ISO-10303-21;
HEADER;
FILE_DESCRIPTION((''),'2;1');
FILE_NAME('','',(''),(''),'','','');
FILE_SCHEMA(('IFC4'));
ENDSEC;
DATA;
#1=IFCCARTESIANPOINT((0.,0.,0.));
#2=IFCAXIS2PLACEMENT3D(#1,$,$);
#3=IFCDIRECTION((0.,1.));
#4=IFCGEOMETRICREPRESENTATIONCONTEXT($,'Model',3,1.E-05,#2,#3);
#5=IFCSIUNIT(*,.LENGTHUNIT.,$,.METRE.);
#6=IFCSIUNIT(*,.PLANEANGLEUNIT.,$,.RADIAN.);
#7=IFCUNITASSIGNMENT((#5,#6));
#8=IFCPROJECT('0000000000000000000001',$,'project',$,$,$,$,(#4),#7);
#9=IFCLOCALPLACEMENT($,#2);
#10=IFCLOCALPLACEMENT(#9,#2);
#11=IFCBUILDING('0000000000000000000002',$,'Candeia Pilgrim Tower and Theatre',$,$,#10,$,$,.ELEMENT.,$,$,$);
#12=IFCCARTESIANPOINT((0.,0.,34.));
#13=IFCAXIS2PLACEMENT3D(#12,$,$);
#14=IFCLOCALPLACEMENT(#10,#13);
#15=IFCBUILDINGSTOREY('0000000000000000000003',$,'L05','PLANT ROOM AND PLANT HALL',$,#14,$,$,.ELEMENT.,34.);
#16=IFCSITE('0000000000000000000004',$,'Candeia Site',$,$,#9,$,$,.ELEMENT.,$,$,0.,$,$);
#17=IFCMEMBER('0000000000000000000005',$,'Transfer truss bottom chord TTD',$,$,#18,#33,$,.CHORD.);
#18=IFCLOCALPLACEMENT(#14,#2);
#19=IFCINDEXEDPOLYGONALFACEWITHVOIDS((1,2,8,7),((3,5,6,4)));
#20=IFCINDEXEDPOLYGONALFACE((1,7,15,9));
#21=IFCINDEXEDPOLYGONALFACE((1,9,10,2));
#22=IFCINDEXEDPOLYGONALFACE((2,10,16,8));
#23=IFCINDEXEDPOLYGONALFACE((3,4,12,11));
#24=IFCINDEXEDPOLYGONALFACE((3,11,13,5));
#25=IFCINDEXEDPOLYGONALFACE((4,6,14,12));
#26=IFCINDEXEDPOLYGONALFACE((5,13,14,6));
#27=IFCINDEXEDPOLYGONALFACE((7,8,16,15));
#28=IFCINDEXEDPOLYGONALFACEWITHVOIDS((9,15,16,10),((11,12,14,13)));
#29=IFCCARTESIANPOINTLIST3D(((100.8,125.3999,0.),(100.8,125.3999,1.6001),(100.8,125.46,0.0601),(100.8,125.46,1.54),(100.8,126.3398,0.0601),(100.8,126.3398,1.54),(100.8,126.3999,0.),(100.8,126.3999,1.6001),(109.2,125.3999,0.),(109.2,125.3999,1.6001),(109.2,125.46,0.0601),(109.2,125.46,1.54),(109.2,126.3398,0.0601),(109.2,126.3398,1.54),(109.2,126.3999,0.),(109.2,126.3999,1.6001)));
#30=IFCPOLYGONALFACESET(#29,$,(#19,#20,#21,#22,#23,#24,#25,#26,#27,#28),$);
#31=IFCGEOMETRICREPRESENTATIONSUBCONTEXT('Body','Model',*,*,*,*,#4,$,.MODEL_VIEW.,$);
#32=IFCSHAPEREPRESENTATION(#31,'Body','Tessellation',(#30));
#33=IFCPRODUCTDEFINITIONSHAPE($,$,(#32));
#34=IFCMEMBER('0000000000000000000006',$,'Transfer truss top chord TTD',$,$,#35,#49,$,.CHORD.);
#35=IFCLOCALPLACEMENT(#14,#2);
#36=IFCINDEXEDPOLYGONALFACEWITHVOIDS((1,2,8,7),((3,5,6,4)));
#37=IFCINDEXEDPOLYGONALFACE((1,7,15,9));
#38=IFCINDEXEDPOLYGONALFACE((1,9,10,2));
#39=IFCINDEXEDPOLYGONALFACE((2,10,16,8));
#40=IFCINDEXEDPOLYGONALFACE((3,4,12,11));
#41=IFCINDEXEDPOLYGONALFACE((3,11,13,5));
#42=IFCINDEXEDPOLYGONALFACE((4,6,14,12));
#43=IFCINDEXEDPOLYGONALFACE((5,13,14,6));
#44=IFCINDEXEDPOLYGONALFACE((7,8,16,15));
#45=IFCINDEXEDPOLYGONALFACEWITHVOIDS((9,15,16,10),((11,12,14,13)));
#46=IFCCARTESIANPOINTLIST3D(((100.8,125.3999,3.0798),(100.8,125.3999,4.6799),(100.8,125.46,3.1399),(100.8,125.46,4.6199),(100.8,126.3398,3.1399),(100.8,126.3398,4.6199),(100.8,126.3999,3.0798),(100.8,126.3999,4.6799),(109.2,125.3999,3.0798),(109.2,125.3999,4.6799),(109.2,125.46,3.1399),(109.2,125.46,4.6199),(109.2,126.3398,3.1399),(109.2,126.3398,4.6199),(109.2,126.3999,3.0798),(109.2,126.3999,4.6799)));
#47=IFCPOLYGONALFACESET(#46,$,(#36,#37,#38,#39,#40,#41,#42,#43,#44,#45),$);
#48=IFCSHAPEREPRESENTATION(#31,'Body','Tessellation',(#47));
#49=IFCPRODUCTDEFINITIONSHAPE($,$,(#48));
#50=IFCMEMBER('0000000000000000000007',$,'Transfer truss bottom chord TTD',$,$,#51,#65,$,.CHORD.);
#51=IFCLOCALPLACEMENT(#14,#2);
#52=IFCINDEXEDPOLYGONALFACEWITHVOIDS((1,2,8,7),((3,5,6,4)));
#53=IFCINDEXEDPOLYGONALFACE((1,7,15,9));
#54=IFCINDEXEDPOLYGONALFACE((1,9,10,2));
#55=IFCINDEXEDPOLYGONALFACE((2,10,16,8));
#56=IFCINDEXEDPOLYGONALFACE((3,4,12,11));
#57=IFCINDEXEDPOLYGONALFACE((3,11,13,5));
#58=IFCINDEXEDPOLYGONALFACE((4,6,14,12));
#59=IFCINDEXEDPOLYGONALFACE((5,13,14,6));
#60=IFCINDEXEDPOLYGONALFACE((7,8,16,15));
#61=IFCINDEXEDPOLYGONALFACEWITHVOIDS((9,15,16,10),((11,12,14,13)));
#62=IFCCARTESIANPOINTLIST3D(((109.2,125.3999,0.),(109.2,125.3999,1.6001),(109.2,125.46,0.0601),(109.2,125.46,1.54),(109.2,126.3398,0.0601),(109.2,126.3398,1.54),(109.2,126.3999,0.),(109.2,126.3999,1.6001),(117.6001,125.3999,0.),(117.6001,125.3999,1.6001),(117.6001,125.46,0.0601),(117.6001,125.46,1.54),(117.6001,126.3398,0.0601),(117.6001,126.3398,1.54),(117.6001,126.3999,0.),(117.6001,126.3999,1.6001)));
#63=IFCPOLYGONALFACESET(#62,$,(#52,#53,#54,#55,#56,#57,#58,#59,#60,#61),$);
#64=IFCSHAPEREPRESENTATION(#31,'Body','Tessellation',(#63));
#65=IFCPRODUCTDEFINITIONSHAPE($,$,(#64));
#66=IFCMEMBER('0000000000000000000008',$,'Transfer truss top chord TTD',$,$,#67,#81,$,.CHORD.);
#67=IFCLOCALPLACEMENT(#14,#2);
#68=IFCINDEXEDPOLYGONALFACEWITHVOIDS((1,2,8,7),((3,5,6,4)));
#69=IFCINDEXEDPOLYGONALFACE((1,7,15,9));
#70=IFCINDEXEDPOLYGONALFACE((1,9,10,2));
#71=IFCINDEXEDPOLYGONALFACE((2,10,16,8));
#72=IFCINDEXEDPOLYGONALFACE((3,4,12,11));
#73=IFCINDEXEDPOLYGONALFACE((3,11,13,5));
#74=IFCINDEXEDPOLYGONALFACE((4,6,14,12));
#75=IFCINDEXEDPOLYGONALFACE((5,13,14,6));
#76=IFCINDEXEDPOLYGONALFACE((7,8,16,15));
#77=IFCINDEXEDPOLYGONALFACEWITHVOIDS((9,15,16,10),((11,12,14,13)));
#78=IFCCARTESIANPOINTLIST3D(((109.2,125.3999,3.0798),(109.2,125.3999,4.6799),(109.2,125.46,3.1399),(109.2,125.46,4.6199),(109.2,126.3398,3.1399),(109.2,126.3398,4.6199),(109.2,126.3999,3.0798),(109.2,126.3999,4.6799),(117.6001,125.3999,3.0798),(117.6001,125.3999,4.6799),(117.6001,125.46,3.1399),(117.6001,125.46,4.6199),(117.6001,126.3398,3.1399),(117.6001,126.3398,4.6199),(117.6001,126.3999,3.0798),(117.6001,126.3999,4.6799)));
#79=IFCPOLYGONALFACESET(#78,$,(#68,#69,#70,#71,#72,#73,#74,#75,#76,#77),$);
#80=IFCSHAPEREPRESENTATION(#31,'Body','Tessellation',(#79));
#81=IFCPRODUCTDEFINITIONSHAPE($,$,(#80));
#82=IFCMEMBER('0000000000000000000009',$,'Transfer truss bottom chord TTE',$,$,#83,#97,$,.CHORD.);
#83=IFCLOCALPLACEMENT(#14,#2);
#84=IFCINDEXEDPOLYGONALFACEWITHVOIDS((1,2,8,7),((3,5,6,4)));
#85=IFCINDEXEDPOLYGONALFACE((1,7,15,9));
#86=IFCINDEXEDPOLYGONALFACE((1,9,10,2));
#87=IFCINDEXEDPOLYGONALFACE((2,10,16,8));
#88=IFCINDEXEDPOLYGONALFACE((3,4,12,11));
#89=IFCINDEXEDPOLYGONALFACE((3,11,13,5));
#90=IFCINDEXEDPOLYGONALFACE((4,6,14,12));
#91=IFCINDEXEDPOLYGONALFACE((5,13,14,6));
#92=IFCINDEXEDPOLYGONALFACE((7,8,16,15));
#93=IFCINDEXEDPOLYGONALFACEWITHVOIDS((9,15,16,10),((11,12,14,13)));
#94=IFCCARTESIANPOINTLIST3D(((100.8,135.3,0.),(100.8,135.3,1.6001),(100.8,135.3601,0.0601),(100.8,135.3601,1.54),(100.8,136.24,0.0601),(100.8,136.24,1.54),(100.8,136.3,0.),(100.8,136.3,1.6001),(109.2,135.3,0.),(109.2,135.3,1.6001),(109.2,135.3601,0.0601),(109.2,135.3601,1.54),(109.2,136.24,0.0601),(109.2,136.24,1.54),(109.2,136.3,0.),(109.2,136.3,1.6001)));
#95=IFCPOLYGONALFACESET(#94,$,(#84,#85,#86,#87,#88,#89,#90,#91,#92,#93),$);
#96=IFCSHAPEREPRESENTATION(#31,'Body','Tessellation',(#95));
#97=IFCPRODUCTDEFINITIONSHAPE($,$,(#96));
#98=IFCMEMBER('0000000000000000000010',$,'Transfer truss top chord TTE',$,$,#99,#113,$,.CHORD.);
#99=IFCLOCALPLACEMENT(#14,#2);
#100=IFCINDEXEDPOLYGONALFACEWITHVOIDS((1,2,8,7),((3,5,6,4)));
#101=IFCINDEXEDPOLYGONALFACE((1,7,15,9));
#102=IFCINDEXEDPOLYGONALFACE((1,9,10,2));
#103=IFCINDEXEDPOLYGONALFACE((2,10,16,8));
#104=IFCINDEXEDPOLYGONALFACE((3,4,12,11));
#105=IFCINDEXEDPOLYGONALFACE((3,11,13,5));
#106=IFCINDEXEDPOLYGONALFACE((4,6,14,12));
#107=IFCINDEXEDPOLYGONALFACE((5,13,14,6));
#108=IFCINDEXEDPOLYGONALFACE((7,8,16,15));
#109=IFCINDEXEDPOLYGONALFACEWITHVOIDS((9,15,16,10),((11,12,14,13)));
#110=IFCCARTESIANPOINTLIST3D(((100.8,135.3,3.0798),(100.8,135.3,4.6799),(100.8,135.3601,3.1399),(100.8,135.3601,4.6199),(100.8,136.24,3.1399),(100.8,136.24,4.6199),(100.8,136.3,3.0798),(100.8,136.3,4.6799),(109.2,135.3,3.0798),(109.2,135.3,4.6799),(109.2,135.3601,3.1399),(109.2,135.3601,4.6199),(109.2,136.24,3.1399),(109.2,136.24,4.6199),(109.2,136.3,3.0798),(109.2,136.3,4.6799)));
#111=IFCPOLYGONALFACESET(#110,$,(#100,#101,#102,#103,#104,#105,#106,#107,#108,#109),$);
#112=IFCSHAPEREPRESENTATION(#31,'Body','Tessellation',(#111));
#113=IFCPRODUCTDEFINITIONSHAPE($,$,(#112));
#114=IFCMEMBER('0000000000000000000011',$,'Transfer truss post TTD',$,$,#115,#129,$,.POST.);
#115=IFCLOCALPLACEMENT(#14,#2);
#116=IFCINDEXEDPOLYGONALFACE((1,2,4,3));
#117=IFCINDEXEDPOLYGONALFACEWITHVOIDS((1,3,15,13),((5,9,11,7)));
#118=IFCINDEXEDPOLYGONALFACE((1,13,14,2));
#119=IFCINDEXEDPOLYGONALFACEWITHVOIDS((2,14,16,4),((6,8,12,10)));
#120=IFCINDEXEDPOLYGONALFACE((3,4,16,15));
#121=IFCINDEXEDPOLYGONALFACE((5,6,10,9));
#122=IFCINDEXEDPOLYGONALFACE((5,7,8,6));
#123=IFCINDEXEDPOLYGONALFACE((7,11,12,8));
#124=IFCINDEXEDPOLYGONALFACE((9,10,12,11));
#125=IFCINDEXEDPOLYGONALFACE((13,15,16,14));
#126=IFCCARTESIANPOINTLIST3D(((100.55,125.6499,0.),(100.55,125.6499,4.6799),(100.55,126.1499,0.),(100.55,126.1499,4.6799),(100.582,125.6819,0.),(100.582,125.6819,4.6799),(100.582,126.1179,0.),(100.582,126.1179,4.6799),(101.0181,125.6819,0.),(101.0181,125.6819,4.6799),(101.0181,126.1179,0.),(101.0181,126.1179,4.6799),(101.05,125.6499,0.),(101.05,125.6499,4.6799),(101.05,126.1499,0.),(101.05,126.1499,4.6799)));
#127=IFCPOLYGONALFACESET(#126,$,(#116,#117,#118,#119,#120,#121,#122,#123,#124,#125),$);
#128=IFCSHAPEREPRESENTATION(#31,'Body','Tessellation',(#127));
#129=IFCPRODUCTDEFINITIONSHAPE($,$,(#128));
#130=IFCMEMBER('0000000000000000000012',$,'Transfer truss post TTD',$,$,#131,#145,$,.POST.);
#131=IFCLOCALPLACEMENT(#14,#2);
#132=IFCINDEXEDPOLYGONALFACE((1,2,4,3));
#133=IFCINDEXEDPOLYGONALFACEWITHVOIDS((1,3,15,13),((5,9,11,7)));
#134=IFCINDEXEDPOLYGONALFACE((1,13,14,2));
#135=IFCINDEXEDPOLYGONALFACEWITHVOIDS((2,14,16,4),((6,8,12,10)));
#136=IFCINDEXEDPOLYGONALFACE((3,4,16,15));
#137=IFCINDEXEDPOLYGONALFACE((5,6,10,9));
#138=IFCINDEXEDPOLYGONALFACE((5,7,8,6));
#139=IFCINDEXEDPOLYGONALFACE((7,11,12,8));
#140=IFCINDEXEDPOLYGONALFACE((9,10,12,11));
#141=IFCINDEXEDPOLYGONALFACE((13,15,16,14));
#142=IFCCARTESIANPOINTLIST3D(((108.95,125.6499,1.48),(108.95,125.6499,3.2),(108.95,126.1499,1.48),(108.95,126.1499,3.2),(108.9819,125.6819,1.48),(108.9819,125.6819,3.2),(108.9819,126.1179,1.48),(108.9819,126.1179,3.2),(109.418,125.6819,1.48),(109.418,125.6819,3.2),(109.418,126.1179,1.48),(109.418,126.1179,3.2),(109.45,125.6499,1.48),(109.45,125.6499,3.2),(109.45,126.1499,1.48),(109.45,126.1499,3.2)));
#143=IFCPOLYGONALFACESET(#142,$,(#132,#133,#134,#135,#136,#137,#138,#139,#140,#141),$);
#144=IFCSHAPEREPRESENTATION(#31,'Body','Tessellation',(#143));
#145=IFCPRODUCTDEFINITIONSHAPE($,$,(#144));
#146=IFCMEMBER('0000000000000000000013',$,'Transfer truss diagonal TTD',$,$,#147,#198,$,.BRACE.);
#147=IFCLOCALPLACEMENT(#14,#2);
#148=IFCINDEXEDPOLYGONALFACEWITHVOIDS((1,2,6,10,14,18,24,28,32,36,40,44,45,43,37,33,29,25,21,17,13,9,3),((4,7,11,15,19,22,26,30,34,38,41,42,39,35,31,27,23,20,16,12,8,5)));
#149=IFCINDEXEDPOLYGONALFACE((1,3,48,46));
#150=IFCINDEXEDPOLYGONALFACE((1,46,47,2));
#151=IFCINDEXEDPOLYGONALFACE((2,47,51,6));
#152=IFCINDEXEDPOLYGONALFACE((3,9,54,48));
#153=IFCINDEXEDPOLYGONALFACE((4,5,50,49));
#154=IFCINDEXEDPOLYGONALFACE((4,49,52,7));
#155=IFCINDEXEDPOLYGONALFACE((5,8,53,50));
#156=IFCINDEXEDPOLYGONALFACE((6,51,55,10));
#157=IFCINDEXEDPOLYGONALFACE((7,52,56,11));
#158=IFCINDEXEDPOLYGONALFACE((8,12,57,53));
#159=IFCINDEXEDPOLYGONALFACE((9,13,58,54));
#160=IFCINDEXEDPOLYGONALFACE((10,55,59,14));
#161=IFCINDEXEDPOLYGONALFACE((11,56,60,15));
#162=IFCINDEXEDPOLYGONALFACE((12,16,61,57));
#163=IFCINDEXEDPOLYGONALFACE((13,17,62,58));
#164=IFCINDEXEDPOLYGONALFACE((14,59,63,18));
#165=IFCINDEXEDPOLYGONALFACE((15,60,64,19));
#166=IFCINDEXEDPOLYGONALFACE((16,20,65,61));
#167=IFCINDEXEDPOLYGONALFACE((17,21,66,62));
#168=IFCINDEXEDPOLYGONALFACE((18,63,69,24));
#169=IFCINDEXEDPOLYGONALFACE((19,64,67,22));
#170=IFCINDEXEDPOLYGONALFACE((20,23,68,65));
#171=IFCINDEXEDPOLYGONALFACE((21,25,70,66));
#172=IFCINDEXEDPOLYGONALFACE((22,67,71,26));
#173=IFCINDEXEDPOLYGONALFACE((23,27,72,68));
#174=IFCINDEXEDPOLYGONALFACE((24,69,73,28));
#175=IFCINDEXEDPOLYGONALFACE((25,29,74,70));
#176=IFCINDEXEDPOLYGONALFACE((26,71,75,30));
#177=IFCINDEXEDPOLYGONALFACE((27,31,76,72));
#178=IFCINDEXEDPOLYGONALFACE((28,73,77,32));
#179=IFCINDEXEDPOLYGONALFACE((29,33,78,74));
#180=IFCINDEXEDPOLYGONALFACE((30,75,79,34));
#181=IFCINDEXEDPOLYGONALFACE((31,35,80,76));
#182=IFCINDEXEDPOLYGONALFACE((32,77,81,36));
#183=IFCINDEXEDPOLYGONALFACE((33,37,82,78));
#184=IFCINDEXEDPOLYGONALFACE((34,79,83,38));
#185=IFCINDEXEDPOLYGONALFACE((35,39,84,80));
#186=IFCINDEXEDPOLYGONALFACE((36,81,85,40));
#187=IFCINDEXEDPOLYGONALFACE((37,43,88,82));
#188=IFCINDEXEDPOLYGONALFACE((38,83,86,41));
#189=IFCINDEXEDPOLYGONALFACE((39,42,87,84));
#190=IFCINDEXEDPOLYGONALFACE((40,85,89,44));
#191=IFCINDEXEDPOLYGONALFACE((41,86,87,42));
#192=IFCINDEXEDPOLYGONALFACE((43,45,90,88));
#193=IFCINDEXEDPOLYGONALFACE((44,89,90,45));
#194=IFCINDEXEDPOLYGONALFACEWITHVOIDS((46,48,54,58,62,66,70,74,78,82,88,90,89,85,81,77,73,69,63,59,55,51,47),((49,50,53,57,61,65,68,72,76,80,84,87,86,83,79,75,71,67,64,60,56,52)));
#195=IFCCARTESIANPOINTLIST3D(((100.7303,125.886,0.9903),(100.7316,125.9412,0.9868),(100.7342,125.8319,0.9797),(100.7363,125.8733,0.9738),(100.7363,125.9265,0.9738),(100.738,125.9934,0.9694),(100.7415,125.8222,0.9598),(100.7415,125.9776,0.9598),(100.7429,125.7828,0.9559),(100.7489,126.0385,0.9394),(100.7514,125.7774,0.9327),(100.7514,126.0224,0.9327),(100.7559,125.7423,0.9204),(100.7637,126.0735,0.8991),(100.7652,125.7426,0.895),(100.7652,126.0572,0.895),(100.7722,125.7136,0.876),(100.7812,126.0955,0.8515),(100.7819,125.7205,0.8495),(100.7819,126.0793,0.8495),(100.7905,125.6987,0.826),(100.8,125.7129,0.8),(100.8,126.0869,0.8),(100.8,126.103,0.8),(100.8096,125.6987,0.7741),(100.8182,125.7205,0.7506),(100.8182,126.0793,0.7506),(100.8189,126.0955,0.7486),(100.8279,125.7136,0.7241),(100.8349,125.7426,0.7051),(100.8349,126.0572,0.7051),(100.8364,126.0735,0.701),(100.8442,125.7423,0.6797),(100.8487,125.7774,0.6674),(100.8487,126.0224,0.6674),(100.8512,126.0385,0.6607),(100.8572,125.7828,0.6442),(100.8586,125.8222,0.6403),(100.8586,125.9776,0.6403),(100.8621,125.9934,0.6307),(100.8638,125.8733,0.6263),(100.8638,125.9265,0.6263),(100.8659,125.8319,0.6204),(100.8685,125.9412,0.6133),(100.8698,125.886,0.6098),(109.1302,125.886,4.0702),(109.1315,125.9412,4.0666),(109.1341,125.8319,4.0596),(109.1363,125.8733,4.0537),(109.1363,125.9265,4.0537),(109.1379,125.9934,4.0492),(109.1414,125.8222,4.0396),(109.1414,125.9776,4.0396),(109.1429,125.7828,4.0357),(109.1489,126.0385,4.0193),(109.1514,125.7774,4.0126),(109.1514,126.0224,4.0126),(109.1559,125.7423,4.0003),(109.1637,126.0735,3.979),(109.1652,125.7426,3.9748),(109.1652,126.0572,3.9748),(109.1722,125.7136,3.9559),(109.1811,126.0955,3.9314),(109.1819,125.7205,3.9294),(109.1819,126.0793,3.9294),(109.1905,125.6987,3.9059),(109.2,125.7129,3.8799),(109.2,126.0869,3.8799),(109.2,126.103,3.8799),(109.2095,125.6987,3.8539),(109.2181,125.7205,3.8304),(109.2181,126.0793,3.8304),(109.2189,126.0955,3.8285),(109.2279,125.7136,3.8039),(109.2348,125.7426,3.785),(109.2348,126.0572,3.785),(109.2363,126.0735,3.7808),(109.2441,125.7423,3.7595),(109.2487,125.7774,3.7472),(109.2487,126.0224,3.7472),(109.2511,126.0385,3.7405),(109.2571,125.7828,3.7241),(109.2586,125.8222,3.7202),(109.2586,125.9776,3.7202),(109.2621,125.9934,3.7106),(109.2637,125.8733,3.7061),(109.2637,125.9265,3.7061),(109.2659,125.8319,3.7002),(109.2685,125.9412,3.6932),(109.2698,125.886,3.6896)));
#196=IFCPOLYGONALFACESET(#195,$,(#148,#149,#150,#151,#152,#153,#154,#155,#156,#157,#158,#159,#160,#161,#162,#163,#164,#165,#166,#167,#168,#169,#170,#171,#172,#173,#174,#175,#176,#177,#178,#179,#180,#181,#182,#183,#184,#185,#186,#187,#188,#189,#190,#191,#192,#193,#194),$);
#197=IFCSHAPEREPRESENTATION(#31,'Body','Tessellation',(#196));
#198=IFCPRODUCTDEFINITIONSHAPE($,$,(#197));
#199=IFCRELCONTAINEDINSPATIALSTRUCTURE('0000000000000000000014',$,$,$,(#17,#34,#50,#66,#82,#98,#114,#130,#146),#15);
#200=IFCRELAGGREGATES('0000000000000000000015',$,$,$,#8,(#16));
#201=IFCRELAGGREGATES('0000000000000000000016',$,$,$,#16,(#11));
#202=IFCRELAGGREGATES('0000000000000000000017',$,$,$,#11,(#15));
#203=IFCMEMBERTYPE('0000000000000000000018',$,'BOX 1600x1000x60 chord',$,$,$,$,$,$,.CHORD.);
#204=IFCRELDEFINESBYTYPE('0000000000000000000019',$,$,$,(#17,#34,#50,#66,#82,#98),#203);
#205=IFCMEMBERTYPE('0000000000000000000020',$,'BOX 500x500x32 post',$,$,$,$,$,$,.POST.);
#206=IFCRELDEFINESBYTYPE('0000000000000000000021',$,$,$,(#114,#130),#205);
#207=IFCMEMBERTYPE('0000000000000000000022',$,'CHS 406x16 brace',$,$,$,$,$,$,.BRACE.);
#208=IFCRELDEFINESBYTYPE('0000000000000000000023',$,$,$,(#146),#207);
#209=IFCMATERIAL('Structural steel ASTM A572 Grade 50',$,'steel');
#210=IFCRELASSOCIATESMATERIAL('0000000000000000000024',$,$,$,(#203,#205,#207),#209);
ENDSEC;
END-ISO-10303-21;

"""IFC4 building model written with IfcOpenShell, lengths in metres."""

from ifc_helpers import new_model, si_unit, direction, frame, origin, origin_2d, place, context, subcontext, project, spatial, hollow_rectangle, hollow_circle, extrude, material, material_profile, profile_set, type_object, element, save


model = new_model("IFC4")

# Units and contexts
model_context = context("Model", 3, precision=1e-05, world=origin(), true_north=direction((0.0, 1.0)))
body_context = subcontext(model_context, "Body", "Model", "MODEL_VIEW")
ifc_project = project(units=[si_unit("LENGTHUNIT", "METRE"), si_unit("PLANEANGLEUNIT", "RADIAN")], contexts=[model_context])

# Site, building, storey
site_placement = place(None, origin())
site = spatial("IfcSite", under=ifc_project, at=site_placement, Name="Candeia Site", CompositionType="ELEMENT", RefElevation=0.0)
building_placement = place(site_placement, origin())
building = spatial("IfcBuilding", under=site, at=building_placement, Name="Candeia Pilgrim Tower and Theatre", CompositionType="ELEMENT")
storey_placement = place(building_placement, frame((0.0, 0.0, 34.0)))
storey = spatial("IfcBuildingStorey", under=building, at=storey_placement, Name="L05", Description="PLANT ROOM AND PLANT HALL", CompositionType="ELEMENT", Elevation=34.0)

# Members
ifc_material_1 = material(Name="Structural steel ASTM A572 Grade 50", Category="steel")
ifc_material_profile_1 = material_profile(ifc_material_1, hollow_rectangle(XDim=1.0, YDim=1.6001, WallThickness=0.0601, at=origin_2d()))
ifc_profile_set_1 = profile_set([ifc_material_profile_1], Name="Structural steel ASTM A572 Grade 50")
member_type_1 = type_object("IfcMemberType", Name="BOX 1600x1000x60 chord", PredefinedType="CHORD", material=ifc_profile_set_1)
for number, where, z_axis, x_axis, name in (
    (1, (100.8, 125.8999, 0.8), (1.0, 0.0, 0.0), (0.0, 1.0, 0.0), "Transfer truss bottom chord TTD"),
    (2, (100.8, 125.8999, 3.8799), (1.0, 0.0, 0.0), (0.0, 1.0, 0.0), "Transfer truss top chord TTD"),
):
    element("IfcMember", number, at=place(storey_placement, frame(where, z_axis=z_axis, x_axis=x_axis)), inside=storey, type_object=member_type_1, Name=name, PredefinedType="CHORD", context=body_context, shape_type="SweptSolid", body=[
        extrude(hollow_rectangle(XDim=1.0, YDim=1.6001, WallThickness=0.0601, at=origin_2d()), origin(), (0.0, 0.0, 1.0), 8.3999),
    ])
for number, where, z_axis, x_axis, name in (
    (3, (109.2, 125.8999, 0.8), (1.0, 0.0, 0.0), (0.0, 1.0, 0.0), "Transfer truss bottom chord TTD"),
    (4, (109.2, 125.8999, 3.8799), (1.0, 0.0, 0.0), (0.0, 1.0, 0.0), "Transfer truss top chord TTD"),
):
    element("IfcMember", number, at=place(storey_placement, frame(where, z_axis=z_axis, x_axis=x_axis)), inside=storey, type_object=member_type_1, Name=name, PredefinedType="CHORD", context=body_context, shape_type="SweptSolid", body=[
        extrude(hollow_rectangle(XDim=1.0, YDim=1.6001, WallThickness=0.0601, at=origin_2d()), origin(), (0.0, 0.0, 1.0), 8.4001),
    ])
for number, where, z_axis, x_axis, name in (
    (5, (100.8, 135.8, 0.8), (1.0, 0.0, 0.0), (0.0, 1.0, 0.0), "Transfer truss bottom chord TTE"),
    (6, (100.8, 135.8, 3.8799), (1.0, 0.0, 0.0), (0.0, 1.0, 0.0), "Transfer truss top chord TTE"),
):
    element("IfcMember", number, at=place(storey_placement, frame(where, z_axis=z_axis, x_axis=x_axis)), inside=storey, type_object=member_type_1, Name=name, PredefinedType="CHORD", context=body_context, shape_type="SweptSolid", body=[
        extrude(hollow_rectangle(XDim=1.0, YDim=1.6001, WallThickness=0.0601, at=origin_2d()), origin(), (0.0, 0.0, 1.0), 8.3999),
    ])
ifc_material_profile_2 = material_profile(ifc_material_1, hollow_rectangle(XDim=0.5, YDim=0.5, WallThickness=0.032, at=origin_2d()))
ifc_profile_set_2 = profile_set([ifc_material_profile_2], Name="Structural steel ASTM A572 Grade 50")
member_type_2 = type_object("IfcMemberType", Name="BOX 500x500x32 post", PredefinedType="POST", material=ifc_profile_set_2)
member_1_placement = place(storey_placement, frame((100.8, 125.8999, 0.0), z_axis=(0.0, 0.0, 1.0), x_axis=(1.0, 0.0, 0.0)))
element("IfcMember", 7, at=member_1_placement, inside=storey, type_object=member_type_2, Name="Transfer truss post TTD", PredefinedType="POST", context=body_context, shape_type="SweptSolid", body=[
    extrude(hollow_rectangle(XDim=0.5, YDim=0.5, WallThickness=0.032, at=origin_2d()), origin(), (0.0, 0.0, 1.0), 4.6799),
])
member_2_placement = place(storey_placement, frame((109.2, 125.8999, 1.48), z_axis=(0.0, 0.0, 1.0), x_axis=(1.0, 0.0, 0.0)))
element("IfcMember", 8, at=member_2_placement, inside=storey, type_object=member_type_2, Name="Transfer truss post TTD", PredefinedType="POST", context=body_context, shape_type="SweptSolid", body=[
    extrude(hollow_rectangle(XDim=0.5, YDim=0.5, WallThickness=0.032, at=origin_2d()), origin(), (0.0, 0.0, 1.0), 1.72),
])
ifc_material_profile_3 = material_profile(ifc_material_1, hollow_circle(Radius=0.2031, WallThickness=0.0161, at=origin_2d()))
ifc_profile_set_3 = profile_set([ifc_material_profile_3], Name="Structural steel ASTM A572 Grade 50")
member_type_3 = type_object("IfcMemberType", Name="CHS 406x16 brace", PredefinedType="BRACE", material=ifc_profile_set_3)
member_3_placement = place(storey_placement, frame((100.8, 125.8999, 0.8), z_axis=(0.938881, 0.0, 0.344242), x_axis=(0.0, 1.0, 0.0)))
element("IfcMember", 9, at=member_3_placement, inside=storey, type_object=member_type_3, Name="Transfer truss diagonal TTD", PredefinedType="BRACE", context=body_context, shape_type="SweptSolid", body=[
    extrude(hollow_circle(Radius=0.2031, WallThickness=0.0161, at=origin_2d()), origin(), (0.0, 0.0, 1.0), 8.9468),
])

save(model, "model.ifc")
